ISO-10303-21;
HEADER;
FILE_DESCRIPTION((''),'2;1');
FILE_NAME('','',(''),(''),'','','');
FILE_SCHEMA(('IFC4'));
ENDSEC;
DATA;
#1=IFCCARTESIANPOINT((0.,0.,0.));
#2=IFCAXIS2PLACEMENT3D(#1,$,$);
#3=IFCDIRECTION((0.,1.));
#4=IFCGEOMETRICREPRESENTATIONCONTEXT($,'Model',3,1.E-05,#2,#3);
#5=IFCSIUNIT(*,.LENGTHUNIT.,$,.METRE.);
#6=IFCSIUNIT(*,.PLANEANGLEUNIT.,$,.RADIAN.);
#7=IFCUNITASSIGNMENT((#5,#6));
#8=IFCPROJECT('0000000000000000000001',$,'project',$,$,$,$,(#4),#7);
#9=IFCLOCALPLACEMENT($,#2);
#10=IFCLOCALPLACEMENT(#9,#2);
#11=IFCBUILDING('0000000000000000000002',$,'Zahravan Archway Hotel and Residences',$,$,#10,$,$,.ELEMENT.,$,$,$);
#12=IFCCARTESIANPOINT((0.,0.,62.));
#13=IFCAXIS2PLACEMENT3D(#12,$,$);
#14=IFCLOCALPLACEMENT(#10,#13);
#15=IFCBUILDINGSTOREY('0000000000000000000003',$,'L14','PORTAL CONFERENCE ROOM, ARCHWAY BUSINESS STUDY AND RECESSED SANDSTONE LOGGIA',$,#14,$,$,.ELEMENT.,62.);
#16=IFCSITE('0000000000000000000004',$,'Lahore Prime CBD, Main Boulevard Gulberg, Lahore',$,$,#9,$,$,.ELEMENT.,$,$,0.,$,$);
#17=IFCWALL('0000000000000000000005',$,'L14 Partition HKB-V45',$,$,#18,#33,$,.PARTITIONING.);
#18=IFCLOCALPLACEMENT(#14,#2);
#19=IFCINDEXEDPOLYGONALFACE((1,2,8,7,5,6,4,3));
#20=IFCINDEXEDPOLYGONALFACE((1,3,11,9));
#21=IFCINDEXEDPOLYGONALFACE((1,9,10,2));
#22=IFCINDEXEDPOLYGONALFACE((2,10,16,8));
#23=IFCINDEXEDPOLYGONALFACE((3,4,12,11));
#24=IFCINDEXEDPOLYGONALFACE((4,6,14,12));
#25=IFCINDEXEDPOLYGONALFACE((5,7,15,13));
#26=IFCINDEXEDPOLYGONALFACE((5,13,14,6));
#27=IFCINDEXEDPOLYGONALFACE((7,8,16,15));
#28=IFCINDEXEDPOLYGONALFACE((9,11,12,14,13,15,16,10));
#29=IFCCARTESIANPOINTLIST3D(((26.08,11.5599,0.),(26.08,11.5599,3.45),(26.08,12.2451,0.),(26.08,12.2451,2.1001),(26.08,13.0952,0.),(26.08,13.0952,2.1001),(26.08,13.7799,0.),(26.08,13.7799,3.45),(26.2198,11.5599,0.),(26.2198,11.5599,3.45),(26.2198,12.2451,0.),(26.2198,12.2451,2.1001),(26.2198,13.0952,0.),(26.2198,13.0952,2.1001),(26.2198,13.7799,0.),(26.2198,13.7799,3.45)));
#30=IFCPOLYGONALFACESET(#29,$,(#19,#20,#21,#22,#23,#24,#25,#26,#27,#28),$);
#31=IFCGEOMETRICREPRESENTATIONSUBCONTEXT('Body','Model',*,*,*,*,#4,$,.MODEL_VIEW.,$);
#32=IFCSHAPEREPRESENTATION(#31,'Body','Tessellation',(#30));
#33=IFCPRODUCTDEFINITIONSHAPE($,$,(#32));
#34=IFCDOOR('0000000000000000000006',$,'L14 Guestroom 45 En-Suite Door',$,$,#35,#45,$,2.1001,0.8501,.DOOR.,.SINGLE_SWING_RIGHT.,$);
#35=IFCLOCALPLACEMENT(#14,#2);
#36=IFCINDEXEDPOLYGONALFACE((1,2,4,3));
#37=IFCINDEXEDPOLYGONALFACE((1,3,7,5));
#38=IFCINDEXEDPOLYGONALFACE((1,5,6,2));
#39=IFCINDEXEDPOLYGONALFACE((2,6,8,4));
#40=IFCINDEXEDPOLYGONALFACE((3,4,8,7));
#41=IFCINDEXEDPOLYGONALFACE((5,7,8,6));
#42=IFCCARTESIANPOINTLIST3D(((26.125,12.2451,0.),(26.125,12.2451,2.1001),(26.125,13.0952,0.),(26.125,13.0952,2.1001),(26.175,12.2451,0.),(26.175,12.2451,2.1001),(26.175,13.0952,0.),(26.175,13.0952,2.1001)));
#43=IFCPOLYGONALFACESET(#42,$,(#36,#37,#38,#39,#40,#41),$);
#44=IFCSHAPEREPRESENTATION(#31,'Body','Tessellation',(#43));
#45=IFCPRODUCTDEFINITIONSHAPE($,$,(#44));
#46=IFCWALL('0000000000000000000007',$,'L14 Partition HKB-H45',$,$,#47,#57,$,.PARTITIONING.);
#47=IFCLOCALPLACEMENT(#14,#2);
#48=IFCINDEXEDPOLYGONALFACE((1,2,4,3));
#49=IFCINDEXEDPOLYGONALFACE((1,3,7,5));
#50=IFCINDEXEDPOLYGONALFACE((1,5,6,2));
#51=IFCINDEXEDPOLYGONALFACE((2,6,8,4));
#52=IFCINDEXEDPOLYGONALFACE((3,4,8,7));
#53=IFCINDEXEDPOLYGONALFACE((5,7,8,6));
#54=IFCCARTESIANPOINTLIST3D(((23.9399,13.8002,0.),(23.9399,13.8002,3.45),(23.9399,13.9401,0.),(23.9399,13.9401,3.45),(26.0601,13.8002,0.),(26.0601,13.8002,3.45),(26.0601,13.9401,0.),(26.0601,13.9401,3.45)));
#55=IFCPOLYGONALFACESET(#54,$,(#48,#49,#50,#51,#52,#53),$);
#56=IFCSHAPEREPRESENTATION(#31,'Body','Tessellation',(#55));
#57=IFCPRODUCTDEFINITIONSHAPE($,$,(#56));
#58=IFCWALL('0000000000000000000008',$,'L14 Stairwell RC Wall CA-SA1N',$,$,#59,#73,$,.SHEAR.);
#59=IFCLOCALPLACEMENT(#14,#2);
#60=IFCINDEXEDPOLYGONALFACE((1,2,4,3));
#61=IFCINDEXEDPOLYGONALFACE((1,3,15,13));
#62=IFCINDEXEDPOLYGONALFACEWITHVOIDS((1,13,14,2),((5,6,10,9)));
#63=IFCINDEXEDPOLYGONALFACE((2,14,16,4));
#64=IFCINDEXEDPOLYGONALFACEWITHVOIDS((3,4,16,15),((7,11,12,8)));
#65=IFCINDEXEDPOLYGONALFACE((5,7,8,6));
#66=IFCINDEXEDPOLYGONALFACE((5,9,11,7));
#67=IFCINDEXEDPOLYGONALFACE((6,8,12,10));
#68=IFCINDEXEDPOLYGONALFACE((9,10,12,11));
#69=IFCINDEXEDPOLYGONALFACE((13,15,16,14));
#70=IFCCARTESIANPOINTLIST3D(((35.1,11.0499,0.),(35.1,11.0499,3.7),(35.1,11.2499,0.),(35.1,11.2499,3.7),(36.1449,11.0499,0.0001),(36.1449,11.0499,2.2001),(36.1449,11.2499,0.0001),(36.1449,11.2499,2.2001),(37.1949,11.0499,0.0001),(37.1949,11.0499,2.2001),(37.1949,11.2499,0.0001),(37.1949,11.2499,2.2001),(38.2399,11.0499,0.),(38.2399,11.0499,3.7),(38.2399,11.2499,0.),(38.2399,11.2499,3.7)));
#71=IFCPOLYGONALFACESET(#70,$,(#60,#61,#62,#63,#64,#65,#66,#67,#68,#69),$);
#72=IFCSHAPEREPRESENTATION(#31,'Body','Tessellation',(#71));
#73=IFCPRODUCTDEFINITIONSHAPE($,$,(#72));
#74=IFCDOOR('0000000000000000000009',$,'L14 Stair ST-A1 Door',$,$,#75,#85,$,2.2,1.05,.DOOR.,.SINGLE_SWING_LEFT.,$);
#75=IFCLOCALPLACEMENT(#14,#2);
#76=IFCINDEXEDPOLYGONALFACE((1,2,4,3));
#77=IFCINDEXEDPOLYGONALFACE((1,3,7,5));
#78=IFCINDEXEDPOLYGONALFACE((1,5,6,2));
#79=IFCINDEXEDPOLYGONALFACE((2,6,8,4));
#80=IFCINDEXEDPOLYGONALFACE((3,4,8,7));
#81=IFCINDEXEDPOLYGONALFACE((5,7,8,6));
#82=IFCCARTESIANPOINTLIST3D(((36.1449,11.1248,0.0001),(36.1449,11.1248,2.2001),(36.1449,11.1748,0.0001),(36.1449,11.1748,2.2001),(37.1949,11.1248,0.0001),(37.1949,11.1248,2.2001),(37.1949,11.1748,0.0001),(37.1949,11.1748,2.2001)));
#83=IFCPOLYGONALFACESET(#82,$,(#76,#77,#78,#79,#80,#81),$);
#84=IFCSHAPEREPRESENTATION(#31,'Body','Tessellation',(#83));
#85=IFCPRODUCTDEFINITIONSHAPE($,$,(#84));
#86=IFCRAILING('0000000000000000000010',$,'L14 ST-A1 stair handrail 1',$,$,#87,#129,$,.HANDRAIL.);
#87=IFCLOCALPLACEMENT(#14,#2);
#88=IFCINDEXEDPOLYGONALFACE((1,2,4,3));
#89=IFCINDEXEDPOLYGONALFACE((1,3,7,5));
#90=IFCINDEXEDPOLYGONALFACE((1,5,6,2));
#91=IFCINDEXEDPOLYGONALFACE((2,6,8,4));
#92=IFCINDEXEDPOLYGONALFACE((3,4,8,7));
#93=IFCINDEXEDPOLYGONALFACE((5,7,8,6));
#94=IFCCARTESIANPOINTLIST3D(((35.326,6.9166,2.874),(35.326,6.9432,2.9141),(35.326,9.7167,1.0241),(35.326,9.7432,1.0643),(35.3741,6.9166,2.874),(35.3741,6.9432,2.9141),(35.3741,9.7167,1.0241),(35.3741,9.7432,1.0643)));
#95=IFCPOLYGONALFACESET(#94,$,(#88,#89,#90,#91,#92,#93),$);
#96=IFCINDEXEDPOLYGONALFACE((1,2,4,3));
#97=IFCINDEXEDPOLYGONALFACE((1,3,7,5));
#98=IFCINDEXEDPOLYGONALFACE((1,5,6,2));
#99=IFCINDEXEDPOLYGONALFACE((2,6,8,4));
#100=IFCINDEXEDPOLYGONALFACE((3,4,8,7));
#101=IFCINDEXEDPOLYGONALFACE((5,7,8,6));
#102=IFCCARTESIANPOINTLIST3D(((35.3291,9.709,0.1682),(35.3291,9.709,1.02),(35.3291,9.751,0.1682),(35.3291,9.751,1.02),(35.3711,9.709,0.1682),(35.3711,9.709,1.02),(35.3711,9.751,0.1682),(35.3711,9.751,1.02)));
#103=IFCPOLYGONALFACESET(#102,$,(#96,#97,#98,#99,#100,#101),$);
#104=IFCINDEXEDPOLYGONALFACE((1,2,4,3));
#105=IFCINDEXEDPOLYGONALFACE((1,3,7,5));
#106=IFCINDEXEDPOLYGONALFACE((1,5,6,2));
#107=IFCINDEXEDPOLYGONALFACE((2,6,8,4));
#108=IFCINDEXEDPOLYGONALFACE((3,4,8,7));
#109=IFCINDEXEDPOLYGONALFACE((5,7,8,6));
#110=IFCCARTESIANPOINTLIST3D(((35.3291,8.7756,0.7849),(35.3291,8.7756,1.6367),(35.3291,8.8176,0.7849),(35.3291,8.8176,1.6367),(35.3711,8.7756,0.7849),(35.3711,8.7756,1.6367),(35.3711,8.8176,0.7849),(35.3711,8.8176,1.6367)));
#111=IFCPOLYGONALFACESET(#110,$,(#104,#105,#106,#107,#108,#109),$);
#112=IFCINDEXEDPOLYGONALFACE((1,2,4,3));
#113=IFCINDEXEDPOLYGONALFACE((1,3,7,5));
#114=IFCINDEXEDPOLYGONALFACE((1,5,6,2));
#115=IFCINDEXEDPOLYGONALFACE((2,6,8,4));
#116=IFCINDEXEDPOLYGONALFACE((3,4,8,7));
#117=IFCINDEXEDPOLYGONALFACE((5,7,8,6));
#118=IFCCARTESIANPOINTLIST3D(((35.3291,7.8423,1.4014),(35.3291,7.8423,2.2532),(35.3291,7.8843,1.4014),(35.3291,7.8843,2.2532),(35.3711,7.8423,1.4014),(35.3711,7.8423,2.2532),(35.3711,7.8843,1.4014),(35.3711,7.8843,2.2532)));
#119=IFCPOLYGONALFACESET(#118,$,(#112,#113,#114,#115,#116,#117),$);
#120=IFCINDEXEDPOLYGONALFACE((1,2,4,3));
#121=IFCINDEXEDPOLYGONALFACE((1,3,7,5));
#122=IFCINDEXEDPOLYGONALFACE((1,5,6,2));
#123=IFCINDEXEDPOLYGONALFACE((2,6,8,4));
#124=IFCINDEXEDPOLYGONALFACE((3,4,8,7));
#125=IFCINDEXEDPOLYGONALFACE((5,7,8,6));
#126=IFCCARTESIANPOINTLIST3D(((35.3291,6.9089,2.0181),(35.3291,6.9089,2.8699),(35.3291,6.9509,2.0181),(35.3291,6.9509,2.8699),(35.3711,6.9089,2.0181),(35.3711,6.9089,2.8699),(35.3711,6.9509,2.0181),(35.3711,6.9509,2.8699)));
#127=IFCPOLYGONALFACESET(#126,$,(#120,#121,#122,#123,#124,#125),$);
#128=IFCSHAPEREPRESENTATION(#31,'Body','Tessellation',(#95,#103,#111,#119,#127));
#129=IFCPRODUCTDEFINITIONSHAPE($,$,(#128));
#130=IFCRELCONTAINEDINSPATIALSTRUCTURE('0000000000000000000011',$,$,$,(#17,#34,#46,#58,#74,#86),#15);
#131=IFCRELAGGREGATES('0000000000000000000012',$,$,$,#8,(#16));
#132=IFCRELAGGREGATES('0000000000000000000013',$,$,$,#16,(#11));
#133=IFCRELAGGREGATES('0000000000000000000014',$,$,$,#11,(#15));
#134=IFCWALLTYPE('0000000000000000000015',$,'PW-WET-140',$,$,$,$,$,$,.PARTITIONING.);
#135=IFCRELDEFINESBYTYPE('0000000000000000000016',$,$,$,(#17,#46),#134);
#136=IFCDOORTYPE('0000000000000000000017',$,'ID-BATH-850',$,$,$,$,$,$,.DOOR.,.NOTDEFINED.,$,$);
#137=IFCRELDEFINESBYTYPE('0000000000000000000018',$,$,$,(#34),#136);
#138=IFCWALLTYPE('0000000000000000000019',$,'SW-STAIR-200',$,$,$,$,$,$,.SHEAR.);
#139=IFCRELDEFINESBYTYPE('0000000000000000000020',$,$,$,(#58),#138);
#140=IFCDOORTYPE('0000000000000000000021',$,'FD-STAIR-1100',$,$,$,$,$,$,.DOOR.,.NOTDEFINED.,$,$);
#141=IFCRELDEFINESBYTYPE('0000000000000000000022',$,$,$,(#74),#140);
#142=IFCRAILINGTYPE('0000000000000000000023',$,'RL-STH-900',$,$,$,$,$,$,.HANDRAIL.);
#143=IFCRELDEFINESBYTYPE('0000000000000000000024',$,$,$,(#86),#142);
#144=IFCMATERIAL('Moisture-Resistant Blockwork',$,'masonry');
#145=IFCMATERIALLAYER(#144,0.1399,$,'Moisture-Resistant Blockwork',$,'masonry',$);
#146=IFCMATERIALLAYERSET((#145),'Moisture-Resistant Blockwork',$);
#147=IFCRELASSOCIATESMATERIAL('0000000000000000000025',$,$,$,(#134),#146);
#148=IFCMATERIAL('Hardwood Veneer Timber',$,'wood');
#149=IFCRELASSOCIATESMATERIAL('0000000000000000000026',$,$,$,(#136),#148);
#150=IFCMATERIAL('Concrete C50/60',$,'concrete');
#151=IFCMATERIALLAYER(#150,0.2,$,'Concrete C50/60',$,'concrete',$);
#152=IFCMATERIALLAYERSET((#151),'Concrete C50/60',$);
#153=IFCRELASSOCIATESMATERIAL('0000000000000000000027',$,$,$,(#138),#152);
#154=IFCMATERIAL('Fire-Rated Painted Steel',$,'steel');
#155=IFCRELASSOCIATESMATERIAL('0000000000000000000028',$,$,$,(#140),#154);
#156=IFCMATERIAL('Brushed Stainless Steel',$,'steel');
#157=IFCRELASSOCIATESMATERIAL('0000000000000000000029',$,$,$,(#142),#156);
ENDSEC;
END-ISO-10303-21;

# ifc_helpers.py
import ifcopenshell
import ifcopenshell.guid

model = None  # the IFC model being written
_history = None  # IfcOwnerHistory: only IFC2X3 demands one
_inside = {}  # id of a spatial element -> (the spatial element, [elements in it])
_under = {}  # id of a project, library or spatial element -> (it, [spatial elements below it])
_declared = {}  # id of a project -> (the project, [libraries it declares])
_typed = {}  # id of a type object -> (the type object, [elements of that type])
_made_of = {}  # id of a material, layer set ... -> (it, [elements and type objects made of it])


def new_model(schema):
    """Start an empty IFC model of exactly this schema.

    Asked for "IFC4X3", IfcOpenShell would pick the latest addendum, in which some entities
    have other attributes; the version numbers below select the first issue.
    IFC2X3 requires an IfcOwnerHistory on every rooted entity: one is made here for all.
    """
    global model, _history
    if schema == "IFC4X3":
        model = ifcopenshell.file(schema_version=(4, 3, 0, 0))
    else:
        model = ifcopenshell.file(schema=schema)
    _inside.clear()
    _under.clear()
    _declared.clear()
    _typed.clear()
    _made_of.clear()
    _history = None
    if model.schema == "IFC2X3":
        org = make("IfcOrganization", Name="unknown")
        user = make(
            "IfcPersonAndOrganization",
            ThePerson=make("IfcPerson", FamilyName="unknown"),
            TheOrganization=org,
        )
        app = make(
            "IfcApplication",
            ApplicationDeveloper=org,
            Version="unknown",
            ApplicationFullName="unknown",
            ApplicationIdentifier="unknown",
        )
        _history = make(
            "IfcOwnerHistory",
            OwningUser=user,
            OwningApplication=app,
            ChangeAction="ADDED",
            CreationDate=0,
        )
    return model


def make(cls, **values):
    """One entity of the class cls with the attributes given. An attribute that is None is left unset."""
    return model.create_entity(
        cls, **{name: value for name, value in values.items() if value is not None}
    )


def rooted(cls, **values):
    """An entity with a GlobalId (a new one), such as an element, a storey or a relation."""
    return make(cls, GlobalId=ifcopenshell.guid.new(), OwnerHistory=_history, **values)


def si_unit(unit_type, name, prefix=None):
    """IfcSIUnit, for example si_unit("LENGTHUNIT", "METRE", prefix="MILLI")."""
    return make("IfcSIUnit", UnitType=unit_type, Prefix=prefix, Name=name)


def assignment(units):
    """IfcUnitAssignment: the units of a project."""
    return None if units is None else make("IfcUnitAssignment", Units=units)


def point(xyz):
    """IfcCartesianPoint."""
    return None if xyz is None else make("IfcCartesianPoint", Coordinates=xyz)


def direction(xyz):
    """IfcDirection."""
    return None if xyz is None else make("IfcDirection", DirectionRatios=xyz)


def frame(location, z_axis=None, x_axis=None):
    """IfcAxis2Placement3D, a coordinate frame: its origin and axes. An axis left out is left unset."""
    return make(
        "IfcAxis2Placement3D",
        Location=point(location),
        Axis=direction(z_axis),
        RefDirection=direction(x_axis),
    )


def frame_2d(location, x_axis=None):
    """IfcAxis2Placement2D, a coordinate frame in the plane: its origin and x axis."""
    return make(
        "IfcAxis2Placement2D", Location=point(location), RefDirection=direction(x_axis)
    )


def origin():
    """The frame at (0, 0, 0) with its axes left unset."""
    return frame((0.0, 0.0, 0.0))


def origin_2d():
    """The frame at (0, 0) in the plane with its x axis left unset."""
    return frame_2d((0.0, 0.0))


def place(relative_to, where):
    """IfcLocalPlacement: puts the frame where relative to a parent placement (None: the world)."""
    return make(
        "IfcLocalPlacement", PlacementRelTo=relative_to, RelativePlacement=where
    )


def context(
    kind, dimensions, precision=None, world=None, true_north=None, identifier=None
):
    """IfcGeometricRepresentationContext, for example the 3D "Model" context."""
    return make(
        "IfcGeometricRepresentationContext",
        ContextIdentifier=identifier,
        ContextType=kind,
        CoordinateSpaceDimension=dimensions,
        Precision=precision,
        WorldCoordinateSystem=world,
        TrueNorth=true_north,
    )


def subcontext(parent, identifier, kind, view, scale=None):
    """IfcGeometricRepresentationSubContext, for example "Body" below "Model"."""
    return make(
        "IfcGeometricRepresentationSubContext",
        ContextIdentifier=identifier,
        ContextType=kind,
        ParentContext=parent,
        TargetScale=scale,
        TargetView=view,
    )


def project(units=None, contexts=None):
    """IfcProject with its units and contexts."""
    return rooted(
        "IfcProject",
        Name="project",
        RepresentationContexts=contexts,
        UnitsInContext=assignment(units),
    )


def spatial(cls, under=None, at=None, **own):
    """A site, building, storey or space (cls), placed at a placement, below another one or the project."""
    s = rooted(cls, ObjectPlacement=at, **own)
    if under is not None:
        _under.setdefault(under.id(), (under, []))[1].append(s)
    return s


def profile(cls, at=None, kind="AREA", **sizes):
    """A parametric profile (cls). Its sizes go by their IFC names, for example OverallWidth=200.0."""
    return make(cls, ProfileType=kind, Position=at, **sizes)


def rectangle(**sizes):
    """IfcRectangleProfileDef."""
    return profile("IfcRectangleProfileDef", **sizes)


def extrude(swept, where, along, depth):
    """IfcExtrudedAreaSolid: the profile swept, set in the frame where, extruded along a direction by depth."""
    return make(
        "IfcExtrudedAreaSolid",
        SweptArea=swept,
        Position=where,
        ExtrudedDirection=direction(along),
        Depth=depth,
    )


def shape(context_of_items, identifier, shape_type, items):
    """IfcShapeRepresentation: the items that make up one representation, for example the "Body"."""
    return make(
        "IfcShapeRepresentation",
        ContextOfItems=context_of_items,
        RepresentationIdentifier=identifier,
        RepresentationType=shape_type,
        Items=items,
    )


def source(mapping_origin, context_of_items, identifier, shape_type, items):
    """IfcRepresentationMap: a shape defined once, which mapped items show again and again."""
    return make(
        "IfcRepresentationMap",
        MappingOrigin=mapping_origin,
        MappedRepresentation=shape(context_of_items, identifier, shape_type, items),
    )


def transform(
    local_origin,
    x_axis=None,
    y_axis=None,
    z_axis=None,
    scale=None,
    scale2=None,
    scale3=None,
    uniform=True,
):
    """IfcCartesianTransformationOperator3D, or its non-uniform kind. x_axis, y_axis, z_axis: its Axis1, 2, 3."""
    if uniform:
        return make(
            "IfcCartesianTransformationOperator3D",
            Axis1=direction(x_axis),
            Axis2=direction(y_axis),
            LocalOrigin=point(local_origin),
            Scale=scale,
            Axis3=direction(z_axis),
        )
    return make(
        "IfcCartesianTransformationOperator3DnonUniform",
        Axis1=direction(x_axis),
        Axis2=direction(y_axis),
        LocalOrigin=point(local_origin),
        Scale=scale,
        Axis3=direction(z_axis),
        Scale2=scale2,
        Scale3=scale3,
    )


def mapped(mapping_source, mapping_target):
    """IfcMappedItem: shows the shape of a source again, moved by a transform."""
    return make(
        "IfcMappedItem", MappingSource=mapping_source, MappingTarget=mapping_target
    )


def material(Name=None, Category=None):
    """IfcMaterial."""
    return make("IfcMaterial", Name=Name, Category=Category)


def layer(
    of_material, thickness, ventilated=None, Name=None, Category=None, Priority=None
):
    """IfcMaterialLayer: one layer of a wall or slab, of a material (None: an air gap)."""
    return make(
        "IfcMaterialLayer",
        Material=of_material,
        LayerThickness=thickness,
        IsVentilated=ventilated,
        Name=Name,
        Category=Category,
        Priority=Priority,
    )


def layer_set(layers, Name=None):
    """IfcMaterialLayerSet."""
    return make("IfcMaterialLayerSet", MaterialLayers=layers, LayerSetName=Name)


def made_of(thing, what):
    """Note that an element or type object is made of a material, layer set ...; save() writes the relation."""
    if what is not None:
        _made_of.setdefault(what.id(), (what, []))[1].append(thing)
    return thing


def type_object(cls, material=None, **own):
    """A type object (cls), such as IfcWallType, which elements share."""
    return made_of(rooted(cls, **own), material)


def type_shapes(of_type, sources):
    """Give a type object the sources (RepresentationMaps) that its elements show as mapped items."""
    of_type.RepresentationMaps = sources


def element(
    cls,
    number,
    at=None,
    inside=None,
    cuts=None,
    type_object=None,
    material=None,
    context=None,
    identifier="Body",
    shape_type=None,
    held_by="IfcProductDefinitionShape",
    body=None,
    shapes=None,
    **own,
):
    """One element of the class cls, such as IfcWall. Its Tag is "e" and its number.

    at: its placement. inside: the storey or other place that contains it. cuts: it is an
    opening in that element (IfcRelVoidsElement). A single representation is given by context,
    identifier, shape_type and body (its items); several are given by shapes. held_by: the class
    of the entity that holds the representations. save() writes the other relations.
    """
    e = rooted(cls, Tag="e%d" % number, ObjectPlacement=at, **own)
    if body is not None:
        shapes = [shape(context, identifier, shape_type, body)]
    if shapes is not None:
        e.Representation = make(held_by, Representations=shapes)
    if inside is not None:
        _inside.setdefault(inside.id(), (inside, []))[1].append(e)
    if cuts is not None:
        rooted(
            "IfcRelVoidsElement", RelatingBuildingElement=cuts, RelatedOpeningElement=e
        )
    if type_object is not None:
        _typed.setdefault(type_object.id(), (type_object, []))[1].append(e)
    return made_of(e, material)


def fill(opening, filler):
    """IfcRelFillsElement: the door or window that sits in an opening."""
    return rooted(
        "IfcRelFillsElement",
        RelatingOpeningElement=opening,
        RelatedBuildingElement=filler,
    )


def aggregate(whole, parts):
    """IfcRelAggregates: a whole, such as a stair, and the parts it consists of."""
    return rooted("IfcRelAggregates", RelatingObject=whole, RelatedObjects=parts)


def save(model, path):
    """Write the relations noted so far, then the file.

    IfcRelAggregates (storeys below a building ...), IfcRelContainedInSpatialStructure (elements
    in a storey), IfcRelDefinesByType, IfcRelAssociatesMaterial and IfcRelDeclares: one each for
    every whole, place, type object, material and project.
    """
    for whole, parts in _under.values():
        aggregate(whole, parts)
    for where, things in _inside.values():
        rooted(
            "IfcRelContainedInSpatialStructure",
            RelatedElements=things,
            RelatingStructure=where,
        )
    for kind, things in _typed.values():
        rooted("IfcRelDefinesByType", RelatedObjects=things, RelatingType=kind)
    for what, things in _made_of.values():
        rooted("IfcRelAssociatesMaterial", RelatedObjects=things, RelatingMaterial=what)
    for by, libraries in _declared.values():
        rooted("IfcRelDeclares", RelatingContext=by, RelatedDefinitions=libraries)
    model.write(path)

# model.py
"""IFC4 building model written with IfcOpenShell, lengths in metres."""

from ifc_helpers import new_model, si_unit, direction, frame, frame_2d, origin, origin_2d, place, context, subcontext, project, spatial, rectangle, extrude, source, transform, mapped, material, layer, layer_set, type_object, type_shapes, element, fill, save


model = new_model("IFC4")

# Units and contexts
model_context = context("Model", 3, precision=1e-05, world=origin(), true_north=direction((0.0, 1.0)))
body_context = subcontext(model_context, "Body", "Model", "MODEL_VIEW")
ifc_project = project(units=[si_unit("LENGTHUNIT", "METRE"), si_unit("PLANEANGLEUNIT", "RADIAN")], contexts=[model_context])

# Site, building, storey
site_placement = place(None, origin())
site = spatial("IfcSite", under=ifc_project, at=site_placement, Name="Lahore Prime CBD, Main Boulevard Gulberg, Lahore", CompositionType="ELEMENT", RefElevation=0.0)
building_placement = place(site_placement, origin())
building = spatial("IfcBuilding", under=site, at=building_placement, Name="Zahravan Archway Hotel and Residences", CompositionType="ELEMENT")
storey_placement = place(building_placement, frame((0.0, 0.0, 62.0)))
storey = spatial("IfcBuildingStorey", under=building, at=storey_placement, Name="L14", Description="PORTAL CONFERENCE ROOM, ARCHWAY BUSINESS STUDY AND RECESSED SANDSTONE LOGGIA", CompositionType="ELEMENT", Elevation=62.0)

# Shared definitions
ifc_material_1 = material(Name="Fire-Rated Painted Steel", Category="steel")

# Shared definitions
ifc_material_2 = material(Name="Hardwood Veneer Timber", Category="wood")

# Wall, opening, door
ifc_material_3 = material(Name="Moisture-Resistant Blockwork", Category="masonry")
ifc_layer_1 = layer(ifc_material_3, 0.1399, Name="Moisture-Resistant Blockwork", Category="masonry")
ifc_layer_set_1 = layer_set([ifc_layer_1], Name="Moisture-Resistant Blockwork")
wall_type_1 = type_object("IfcWallType", Name="PW-WET-140", PredefinedType="PARTITIONING", material=ifc_layer_set_1)
wall_1_placement = place(storey_placement, frame((26.1499, 11.5601, 0.0), z_axis=(0.0, 0.0, 1.0), x_axis=(0.0, 1.0, 0.0)))
wall_1 = element("IfcWall", 1, at=wall_1_placement, inside=storey, type_object=wall_type_1, Name="L14 Partition HKB-V45", PredefinedType="PARTITIONING", context=body_context, shape_type="SweptSolid", body=[
    extrude(rectangle(XDim=2.22, YDim=0.1399, at=frame_2d((1.1099, 0.0))), origin(), (0.0, 0.0, 1.0), 3.45),
])
opening_1_placement = place(wall_1_placement, frame((0.6851, 0.0, 0.0)))
opening_1 = element("IfcOpeningElement", 2, at=opening_1_placement, cuts=wall_1, PredefinedType="OPENING", context=body_context, shape_type="SweptSolid", body=[
    extrude(rectangle(XDim=0.8501, YDim=2.1001, at=frame_2d((0.425, 1.05))), frame((0.0, 0.0801, 0.0), z_axis=(0.0, -1.0, 0.0), x_axis=(1.0, 0.0, 0.0)), (0.0, 0.0, 1.0), 0.1599),
])
door_type_1 = type_object("IfcDoorType", Name="ID-BATH-850", OperationType="NOTDEFINED", PredefinedType="DOOR", material=ifc_material_2)
shared_shape_1 = source(origin(), body_context, "Body", "SweptSolid", [
    extrude(rectangle(XDim=0.8501, YDim=2.1001, at=frame_2d((0.425, 1.05))), frame((0.0, 0.0249, 0.0), z_axis=(0.0, -1.0, 0.0), x_axis=(1.0, 0.0, 0.0)), (0.0, 0.0, 1.0), 0.05),
])
type_shapes(door_type_1, [shared_shape_1])
door_1_placement = place(opening_1_placement, origin())
door_1 = element("IfcDoor", 3, at=door_1_placement, inside=storey, type_object=door_type_1, Name="L14 Guestroom 45 En-Suite Door", OperationType="SINGLE_SWING_RIGHT", OverallHeight=2.1001, OverallWidth=0.8501, PredefinedType="DOOR", context=body_context, shape_type="MappedRepresentation", body=[
    mapped(shared_shape_1, transform((0.0, 0.0, 0.0), scale=1.0)),
])
fill(opening_1, door_1)

# Wall
wall_2_placement = place(storey_placement, frame((23.9399, 13.8701, 0.0), z_axis=(0.0, 0.0, 1.0), x_axis=(1.0, 0.0, 0.0)))
element("IfcWall", 4, at=wall_2_placement, inside=storey, type_object=wall_type_1, Name="L14 Partition HKB-H45", PredefinedType="PARTITIONING", context=body_context, shape_type="SweptSolid", body=[
    extrude(rectangle(XDim=2.1201, YDim=0.1399, at=frame_2d((1.0601, 0.0))), origin(), (0.0, 0.0, 1.0), 3.45),
])

# Wall, opening, door
ifc_material_4 = material(Name="Concrete C50/60", Category="concrete")
ifc_layer_2 = layer(ifc_material_4, 0.2, Name="Concrete C50/60", Category="concrete")
ifc_layer_set_2 = layer_set([ifc_layer_2], Name="Concrete C50/60")
wall_type_2 = type_object("IfcWallType", Name="SW-STAIR-200", PredefinedType="SHEAR", material=ifc_layer_set_2)
wall_3_placement = place(storey_placement, frame((35.1001, 11.1499, 0.0), z_axis=(0.0, 0.0, 1.0), x_axis=(1.0, 0.0, 0.0)))
wall_3 = element("IfcWall", 5, at=wall_3_placement, inside=storey, type_object=wall_type_2, Name="L14 Stairwell RC Wall CA-SA1N", PredefinedType="SHEAR", context=body_context, shape_type="SweptSolid", body=[
    extrude(rectangle(XDim=3.1399, YDim=0.2, at=frame_2d((1.5698, 0.0))), origin(), (0.0, 0.0, 1.0), 3.7),
])
opening_2_placement = place(wall_3_placement, frame((1.0449, 0.0, 0.0)))
opening_2 = element("IfcOpeningElement", 6, at=opening_2_placement, cuts=wall_3, PredefinedType="OPENING", context=body_context, shape_type="SweptSolid", body=[
    extrude(rectangle(XDim=1.05, YDim=2.2, at=frame_2d((0.5249, 1.1001))), frame((0.0, 0.1099, 0.0), z_axis=(0.0, -1.0, 0.0), x_axis=(1.0, 0.0, 0.0)), (0.0, 0.0, 1.0), 0.22),
])
door_type_2 = type_object("IfcDoorType", Name="FD-STAIR-1100", OperationType="NOTDEFINED", PredefinedType="DOOR", material=ifc_material_1)
shared_shape_2 = source(origin(), body_context, "Body", "SweptSolid", [
    extrude(rectangle(XDim=1.05, YDim=2.2, at=frame_2d((0.5249, 1.1001))), frame((0.0, 0.0249, 0.0), z_axis=(0.0, -1.0, 0.0), x_axis=(1.0, 0.0, 0.0)), (0.0, 0.0, 1.0), 0.05),
])
type_shapes(door_type_2, [shared_shape_2])
door_2_placement = place(opening_2_placement, origin())
door_2 = element("IfcDoor", 7, at=door_2_placement, inside=storey, type_object=door_type_2, Name="L14 Stair ST-A1 Door", OperationType="SINGLE_SWING_LEFT", OverallHeight=2.2, OverallWidth=1.05, PredefinedType="DOOR", context=body_context, shape_type="MappedRepresentation", body=[
    mapped(shared_shape_2, transform((0.0, 0.0, 0.0), scale=1.0)),
])
fill(opening_2, door_2)

# Railing
ifc_material_5 = material(Name="Brushed Stainless Steel", Category="steel")
railing_type = type_object("IfcRailingType", Name="RL-STH-900", PredefinedType="HANDRAIL", material=ifc_material_5)
railing_placement = place(storey_placement, frame((35.3501, 9.73, 0.1682)))
element("IfcRailing", 8, at=railing_placement, inside=storey, type_object=railing_type, Name="L14 ST-A1 stair handrail 1", PredefinedType="HANDRAIL", context=body_context, shape_type="SweptSolid", body=[
    extrude(rectangle(XDim=0.0481, YDim=0.0481, at=origin_2d()), frame((0.0, 0.0, 0.876), z_axis=(0.0, -0.83436, 0.55122), x_axis=(1.0, 0.0, 0.0)), (0.0, 0.0, 1.0), 3.356),
    extrude(rectangle(XDim=0.042, YDim=0.042, at=origin_2d()), origin(), (0.0, 0.0, 1.0), 0.8518),
    extrude(rectangle(XDim=0.042, YDim=0.042, at=origin_2d()), frame((0.0, -0.9333, 0.6167)), (0.0, 0.0, 1.0), 0.8518),
    extrude(rectangle(XDim=0.042, YDim=0.042, at=origin_2d()), frame((0.0, -1.8667, 1.2332)), (0.0, 0.0, 1.0), 0.8518),
    extrude(rectangle(XDim=0.042, YDim=0.042, at=origin_2d()), frame((0.0, -2.8, 1.8499)), (0.0, 0.0, 1.0), 0.8518),
])

save(model, "model.ifc")
